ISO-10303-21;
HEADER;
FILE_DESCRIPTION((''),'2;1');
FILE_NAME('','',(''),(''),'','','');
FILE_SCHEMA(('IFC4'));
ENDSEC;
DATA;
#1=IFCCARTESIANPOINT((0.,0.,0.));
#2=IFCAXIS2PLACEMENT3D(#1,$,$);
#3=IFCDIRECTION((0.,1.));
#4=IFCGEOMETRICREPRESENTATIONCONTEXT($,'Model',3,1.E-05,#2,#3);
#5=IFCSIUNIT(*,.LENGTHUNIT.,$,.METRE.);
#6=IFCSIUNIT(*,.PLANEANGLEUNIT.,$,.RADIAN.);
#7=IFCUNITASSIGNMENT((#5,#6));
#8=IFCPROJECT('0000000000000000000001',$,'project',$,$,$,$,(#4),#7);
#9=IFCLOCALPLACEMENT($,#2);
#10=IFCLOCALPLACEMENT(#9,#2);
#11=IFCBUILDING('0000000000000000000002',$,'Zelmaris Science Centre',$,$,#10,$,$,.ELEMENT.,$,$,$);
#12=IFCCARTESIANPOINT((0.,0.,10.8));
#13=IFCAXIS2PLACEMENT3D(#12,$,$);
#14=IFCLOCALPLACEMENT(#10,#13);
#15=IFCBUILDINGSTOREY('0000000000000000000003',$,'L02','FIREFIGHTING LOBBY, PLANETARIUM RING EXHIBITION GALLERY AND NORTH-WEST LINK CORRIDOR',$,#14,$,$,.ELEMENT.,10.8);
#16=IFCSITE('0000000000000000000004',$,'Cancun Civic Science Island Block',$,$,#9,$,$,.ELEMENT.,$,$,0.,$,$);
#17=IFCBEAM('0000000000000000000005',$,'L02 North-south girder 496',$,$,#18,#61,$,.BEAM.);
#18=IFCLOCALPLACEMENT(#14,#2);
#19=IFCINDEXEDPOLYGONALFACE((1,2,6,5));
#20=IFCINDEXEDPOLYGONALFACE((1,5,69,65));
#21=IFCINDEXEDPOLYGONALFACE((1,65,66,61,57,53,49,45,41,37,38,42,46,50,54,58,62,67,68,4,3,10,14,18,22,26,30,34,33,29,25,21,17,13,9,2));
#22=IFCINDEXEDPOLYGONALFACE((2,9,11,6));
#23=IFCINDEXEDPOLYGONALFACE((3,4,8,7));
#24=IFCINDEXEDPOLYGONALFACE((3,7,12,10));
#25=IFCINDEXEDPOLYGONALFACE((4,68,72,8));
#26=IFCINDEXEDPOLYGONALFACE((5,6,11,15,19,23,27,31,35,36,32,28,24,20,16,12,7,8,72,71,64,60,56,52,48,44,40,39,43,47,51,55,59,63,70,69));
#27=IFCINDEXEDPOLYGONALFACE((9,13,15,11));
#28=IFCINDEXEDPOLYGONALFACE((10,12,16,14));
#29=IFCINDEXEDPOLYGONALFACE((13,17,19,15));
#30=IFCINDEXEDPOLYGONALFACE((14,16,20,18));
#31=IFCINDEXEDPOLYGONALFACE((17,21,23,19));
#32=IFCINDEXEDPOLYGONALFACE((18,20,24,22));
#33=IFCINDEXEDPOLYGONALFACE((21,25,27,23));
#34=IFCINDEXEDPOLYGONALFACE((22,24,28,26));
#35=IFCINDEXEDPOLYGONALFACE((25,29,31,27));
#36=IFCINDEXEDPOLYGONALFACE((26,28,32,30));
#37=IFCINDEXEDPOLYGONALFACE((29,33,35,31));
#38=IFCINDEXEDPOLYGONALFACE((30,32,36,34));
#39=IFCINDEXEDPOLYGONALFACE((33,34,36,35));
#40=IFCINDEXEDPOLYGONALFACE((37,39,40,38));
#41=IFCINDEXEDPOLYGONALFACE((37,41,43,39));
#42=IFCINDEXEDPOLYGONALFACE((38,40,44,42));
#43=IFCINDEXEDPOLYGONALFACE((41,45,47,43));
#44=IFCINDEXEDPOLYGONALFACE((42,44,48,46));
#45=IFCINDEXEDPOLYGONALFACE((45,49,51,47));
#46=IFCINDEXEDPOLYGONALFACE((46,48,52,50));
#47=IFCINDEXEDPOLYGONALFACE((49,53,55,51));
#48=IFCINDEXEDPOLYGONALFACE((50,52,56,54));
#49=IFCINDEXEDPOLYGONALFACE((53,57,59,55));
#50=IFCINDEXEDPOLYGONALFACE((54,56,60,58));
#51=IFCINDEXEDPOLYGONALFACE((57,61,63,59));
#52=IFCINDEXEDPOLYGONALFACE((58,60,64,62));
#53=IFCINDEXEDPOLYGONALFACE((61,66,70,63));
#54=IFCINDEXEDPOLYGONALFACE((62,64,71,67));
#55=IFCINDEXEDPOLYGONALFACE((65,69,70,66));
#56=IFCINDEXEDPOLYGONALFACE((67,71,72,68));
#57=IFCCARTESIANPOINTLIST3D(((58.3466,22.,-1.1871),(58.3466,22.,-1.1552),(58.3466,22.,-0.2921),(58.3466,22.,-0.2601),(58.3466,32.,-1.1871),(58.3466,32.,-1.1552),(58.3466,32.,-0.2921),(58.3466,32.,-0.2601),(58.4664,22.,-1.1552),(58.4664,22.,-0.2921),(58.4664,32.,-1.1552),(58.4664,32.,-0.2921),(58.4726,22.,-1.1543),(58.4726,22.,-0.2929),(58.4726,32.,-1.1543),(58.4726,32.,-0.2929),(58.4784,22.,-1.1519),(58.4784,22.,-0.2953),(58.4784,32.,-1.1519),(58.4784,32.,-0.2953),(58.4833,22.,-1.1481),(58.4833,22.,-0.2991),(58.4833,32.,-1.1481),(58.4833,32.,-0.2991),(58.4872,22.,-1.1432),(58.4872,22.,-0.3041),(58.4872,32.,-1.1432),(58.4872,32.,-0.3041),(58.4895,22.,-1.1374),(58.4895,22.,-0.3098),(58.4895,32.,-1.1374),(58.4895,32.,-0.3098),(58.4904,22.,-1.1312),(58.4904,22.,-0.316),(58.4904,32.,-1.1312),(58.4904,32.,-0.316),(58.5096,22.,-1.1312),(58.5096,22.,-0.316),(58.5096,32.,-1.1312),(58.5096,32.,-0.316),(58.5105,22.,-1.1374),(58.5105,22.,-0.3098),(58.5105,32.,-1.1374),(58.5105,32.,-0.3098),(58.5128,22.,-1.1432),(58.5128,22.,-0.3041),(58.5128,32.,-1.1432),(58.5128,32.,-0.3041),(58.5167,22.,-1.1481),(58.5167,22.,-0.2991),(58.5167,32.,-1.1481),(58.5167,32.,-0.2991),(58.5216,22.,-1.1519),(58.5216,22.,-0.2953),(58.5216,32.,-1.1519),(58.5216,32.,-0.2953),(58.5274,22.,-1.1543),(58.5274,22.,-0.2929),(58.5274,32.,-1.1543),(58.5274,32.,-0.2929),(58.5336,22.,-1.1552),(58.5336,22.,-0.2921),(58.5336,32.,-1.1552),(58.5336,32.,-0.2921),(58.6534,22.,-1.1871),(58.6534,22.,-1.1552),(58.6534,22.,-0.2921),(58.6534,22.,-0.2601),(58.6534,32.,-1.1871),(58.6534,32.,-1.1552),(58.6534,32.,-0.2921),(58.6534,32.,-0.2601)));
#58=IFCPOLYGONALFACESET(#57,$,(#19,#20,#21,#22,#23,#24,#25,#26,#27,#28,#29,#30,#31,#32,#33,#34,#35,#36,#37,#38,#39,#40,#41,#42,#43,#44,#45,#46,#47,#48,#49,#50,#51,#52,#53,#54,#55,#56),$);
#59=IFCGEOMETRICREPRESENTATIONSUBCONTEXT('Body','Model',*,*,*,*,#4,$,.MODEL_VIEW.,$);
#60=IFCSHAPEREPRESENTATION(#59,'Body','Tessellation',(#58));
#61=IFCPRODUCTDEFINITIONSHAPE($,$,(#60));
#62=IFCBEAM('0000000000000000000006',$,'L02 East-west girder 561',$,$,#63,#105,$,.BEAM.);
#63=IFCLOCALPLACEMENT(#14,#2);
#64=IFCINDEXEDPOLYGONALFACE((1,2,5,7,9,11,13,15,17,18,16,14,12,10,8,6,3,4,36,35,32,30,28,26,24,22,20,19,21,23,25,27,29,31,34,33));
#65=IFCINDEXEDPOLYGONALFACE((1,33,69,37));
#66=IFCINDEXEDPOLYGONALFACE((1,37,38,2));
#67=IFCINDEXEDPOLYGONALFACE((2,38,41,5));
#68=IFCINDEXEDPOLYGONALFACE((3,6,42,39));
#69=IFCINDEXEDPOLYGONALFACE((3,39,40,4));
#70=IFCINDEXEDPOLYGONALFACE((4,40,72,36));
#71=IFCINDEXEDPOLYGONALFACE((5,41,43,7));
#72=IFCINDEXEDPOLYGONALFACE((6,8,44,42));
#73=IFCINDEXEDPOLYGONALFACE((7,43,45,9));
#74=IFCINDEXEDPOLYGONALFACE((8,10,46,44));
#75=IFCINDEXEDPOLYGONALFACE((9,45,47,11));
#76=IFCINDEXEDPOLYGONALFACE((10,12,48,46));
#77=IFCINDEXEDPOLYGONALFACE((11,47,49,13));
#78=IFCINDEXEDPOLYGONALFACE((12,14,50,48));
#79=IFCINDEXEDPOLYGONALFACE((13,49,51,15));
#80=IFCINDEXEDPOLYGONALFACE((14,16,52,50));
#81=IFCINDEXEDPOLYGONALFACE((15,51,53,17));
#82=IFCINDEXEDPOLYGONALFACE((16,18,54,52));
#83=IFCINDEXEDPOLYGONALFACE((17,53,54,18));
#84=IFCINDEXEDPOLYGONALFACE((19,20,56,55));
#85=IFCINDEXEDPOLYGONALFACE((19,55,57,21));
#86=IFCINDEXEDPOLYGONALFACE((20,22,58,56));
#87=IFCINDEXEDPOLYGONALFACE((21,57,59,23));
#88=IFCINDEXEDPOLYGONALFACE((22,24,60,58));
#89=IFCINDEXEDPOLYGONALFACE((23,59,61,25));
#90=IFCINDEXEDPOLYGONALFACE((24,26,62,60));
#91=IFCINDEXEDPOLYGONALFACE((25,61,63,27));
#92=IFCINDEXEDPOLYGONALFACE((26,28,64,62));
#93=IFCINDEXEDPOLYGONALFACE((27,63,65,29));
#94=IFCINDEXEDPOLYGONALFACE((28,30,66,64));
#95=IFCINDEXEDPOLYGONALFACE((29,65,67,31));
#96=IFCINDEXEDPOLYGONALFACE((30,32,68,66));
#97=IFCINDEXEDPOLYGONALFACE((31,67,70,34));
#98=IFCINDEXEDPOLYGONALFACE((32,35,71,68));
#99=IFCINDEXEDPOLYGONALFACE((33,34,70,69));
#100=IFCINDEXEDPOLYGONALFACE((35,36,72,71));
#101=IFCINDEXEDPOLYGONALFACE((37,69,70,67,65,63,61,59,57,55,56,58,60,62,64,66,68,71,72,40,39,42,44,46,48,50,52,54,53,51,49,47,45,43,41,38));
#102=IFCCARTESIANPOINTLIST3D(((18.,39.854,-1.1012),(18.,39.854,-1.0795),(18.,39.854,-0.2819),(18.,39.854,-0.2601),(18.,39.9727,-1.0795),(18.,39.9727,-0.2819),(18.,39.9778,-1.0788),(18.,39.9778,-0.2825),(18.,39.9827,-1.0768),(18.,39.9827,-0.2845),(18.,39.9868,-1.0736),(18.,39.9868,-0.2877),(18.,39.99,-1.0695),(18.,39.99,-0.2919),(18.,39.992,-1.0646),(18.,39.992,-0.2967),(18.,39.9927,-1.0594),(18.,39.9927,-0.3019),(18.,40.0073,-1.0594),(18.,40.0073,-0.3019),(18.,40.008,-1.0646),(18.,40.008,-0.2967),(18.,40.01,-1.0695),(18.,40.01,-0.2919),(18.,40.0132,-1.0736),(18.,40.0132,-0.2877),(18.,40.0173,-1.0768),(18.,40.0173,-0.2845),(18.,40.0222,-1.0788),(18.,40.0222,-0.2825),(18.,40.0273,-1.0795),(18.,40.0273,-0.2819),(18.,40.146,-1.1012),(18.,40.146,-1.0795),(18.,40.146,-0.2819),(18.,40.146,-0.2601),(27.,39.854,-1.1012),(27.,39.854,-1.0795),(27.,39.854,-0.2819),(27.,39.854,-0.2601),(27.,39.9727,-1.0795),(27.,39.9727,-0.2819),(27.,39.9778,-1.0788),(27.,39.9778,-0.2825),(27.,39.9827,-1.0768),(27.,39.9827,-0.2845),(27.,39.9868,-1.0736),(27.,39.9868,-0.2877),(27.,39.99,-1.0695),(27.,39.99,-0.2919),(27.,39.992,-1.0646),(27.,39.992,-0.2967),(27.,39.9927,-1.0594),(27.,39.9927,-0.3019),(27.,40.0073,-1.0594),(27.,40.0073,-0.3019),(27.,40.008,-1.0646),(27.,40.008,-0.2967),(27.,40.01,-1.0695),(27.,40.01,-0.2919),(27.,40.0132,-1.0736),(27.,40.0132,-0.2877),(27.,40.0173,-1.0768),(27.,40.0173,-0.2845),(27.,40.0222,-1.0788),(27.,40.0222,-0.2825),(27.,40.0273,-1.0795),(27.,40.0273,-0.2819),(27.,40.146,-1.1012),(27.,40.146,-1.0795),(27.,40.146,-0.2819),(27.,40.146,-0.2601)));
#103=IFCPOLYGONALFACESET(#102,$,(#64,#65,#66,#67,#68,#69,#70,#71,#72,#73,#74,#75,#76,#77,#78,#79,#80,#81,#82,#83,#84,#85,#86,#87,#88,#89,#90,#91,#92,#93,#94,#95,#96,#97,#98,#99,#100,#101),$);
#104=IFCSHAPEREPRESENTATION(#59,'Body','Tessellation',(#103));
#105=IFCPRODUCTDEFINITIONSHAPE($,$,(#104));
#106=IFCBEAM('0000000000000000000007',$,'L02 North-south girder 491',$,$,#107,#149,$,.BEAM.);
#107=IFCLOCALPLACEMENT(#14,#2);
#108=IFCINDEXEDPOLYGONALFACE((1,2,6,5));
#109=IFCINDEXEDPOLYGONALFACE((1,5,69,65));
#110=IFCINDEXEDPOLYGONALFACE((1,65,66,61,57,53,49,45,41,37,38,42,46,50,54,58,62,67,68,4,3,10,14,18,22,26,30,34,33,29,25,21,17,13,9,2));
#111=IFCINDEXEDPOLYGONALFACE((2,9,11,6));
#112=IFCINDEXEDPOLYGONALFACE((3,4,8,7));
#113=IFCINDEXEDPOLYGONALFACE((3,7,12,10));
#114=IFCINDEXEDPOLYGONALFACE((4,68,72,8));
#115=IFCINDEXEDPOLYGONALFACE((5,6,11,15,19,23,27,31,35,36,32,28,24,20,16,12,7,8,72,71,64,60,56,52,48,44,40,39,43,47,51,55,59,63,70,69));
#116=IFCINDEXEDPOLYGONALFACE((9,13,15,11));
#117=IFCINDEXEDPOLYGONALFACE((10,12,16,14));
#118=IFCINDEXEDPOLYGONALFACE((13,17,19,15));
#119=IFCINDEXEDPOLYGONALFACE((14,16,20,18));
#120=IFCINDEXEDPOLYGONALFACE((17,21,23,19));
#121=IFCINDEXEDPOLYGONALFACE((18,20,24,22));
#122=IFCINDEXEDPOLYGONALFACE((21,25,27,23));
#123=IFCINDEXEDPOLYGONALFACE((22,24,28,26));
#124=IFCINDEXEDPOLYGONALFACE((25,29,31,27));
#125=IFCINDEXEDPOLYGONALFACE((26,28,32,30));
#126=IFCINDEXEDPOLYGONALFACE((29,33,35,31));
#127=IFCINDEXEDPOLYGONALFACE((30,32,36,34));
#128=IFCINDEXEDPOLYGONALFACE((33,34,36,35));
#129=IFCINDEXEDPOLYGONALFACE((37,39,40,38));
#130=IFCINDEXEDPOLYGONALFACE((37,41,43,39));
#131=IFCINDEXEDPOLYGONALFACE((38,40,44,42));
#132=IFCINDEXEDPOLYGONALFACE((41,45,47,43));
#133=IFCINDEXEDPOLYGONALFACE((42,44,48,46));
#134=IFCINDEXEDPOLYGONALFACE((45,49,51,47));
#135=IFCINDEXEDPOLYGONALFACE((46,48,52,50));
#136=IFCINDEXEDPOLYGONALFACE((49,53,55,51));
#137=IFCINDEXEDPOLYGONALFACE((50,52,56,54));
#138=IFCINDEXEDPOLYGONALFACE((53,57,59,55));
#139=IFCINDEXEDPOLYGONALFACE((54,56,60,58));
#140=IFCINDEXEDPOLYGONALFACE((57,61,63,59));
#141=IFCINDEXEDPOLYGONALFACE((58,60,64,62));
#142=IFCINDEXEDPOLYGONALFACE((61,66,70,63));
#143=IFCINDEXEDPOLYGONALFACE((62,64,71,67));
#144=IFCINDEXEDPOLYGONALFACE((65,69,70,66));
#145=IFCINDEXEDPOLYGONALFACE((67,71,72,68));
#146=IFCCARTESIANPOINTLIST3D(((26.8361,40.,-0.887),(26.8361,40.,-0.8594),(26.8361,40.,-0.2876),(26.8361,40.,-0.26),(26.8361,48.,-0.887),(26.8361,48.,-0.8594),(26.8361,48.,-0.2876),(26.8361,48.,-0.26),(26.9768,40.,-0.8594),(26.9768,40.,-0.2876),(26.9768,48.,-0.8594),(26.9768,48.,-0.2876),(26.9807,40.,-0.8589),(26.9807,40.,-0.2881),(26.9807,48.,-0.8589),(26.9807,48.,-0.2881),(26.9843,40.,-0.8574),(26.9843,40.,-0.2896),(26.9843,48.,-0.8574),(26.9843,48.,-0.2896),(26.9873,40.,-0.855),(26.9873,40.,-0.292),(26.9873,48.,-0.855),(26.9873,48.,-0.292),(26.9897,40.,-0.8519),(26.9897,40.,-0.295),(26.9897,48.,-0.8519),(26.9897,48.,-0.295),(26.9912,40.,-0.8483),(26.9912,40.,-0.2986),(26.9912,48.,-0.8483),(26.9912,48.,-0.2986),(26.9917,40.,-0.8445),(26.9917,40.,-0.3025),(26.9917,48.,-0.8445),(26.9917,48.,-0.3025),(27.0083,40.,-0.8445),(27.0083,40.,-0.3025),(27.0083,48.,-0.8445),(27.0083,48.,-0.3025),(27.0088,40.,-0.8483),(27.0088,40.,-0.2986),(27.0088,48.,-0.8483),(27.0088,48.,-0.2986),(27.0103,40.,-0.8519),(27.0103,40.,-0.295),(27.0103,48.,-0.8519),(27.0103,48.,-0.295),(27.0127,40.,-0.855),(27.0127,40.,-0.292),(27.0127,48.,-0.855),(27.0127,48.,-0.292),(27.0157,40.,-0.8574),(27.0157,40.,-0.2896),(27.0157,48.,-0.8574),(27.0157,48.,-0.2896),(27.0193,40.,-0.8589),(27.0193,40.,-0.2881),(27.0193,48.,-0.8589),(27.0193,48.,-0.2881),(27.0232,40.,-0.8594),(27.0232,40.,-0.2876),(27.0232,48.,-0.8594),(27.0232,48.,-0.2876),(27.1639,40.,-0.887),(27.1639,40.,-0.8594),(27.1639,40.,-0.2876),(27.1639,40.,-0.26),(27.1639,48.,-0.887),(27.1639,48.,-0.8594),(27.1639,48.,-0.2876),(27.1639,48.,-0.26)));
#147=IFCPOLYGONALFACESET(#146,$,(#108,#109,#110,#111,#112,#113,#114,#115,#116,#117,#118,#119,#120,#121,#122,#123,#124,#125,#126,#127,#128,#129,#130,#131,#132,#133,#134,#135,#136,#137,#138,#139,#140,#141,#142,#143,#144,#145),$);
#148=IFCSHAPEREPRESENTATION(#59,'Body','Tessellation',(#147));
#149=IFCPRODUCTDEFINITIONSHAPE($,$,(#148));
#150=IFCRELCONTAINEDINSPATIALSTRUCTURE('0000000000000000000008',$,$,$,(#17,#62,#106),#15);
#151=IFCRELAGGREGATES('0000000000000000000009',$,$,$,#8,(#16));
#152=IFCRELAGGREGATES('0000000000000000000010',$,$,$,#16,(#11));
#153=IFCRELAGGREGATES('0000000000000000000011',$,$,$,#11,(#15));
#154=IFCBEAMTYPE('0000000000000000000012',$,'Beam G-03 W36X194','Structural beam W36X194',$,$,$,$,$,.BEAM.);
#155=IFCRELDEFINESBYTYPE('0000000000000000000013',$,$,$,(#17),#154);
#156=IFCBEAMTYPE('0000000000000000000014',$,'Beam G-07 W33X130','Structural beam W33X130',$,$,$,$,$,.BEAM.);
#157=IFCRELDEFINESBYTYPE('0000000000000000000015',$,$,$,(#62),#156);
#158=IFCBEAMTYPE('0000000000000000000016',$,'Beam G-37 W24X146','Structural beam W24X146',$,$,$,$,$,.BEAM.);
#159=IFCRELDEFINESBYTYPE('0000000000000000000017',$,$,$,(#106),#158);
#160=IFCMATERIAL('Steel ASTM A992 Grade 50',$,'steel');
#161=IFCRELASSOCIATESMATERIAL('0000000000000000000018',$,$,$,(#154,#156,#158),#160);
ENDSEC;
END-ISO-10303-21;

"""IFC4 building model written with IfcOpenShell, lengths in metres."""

from ifc_helpers import new_model, si_unit, direction, frame, origin, origin_2d, place, context, subcontext, project, spatial, i_section, extrude, material, material_profile, profile_set, type_object, element, save


model = new_model("IFC4")

# Units and contexts
model_context = context("Model", 3, precision=1e-05, world=origin(), true_north=direction((0.0, 1.0)))
body_context = subcontext(model_context, "Body", "Model", "MODEL_VIEW")
ifc_project = project(units=[si_unit("LENGTHUNIT", "METRE"), si_unit("PLANEANGLEUNIT", "RADIAN")], contexts=[model_context])

# Site, building, storey
site_placement = place(None, origin())
site = spatial("IfcSite", under=ifc_project, at=site_placement, Name="Cancun Civic Science Island Block", CompositionType="ELEMENT", RefElevation=0.0)
building_placement = place(site_placement, origin())
building = spatial("IfcBuilding", under=site, at=building_placement, Name="Zelmaris Science Centre", CompositionType="ELEMENT")
storey_placement = place(building_placement, frame((0.0, 0.0, 10.8)))
storey = spatial("IfcBuildingStorey", under=building, at=storey_placement, Name="L02", Description="FIREFIGHTING LOBBY, PLANETARIUM RING EXHIBITION GALLERY AND NORTH-WEST LINK CORRIDOR", CompositionType="ELEMENT", Elevation=10.8)

# Shared definitions
ifc_material_1 = material(Name="Steel ASTM A992 Grade 50", Category="steel")

# Beams
ifc_material_profile_1 = material_profile(ifc_material_1, i_section(OverallWidth=0.3069, OverallDepth=0.927, WebThickness=0.0193, FlangeThickness=0.032, FilletRadius=0.0239, at=origin_2d()), Name="W36X194")
ifc_profile_set_1 = profile_set([ifc_material_profile_1], Name="Steel ASTM A992 Grade 50")
beam_type_1 = type_object("IfcBeamType", Name="Beam G-03 W36X194", Description="Structural beam W36X194", PredefinedType="BEAM", material=ifc_profile_set_1)
beam_1_placement = place(storey_placement, frame((58.5, 22.0, -0.7236), z_axis=(0.0, 1.0, 0.0), x_axis=(-1.0, 0.0, 0.0)))
element("IfcBeam", 1, at=beam_1_placement, inside=storey, type_object=beam_type_1, Name="L02 North-south girder 496", PredefinedType="BEAM", context=body_context, shape_type="SweptSolid", body=[
    extrude(i_section(OverallWidth=0.3069, OverallDepth=0.927, WebThickness=0.0193, FlangeThickness=0.032, FilletRadius=0.0239, at=origin_2d()), origin(), (0.0, 0.0, 1.0), 10.0),
])
ifc_material_profile_2 = material_profile(ifc_material_1, i_section(OverallWidth=0.292, OverallDepth=0.8411, WebThickness=0.0146, FlangeThickness=0.0217, FilletRadius=0.02, at=origin_2d()), Name="W33X130")
ifc_profile_set_2 = profile_set([ifc_material_profile_2], Name="Steel ASTM A992 Grade 50")
beam_type_2 = type_object("IfcBeamType", Name="Beam G-07 W33X130", Description="Structural beam W33X130", PredefinedType="BEAM", material=ifc_profile_set_2)
beam_2_placement = place(storey_placement, frame((18.0, 40.0, -0.6807), z_axis=(1.0, 0.0, 0.0), x_axis=(0.0, 1.0, 0.0)))
element("IfcBeam", 2, at=beam_2_placement, inside=storey, type_object=beam_type_2, Name="L02 East-west girder 561", PredefinedType="BEAM", context=body_context, shape_type="SweptSolid", body=[
    extrude(i_section(OverallWidth=0.292, OverallDepth=0.8411, WebThickness=0.0146, FlangeThickness=0.0217, FilletRadius=0.02, at=origin_2d()), origin(), (0.0, 0.0, 1.0), 9.0),
])
ifc_material_profile_3 = material_profile(ifc_material_1, i_section(OverallWidth=0.3279, OverallDepth=0.627, WebThickness=0.0166, FlangeThickness=0.0276, FilletRadius=0.0149, at=origin_2d()), Name="W24X146")
ifc_profile_set_3 = profile_set([ifc_material_profile_3], Name="Steel ASTM A992 Grade 50")
beam_type_3 = type_object("IfcBeamType", Name="Beam G-37 W24X146", Description="Structural beam W24X146", PredefinedType="BEAM", material=ifc_profile_set_3)
beam_3_placement = place(storey_placement, frame((27.0, 40.0, -0.5735), z_axis=(0.0, 1.0, 0.0), x_axis=(-1.0, 0.0, 0.0)))
element("IfcBeam", 3, at=beam_3_placement, inside=storey, type_object=beam_type_3, Name="L02 North-south girder 491", PredefinedType="BEAM", context=body_context, shape_type="SweptSolid", body=[
    extrude(i_section(OverallWidth=0.3279, OverallDepth=0.627, WebThickness=0.0166, FlangeThickness=0.0276, FilletRadius=0.0149, at=origin_2d()), origin(), (0.0, 0.0, 1.0), 8.0),
])

save(model, "model.ifc")
